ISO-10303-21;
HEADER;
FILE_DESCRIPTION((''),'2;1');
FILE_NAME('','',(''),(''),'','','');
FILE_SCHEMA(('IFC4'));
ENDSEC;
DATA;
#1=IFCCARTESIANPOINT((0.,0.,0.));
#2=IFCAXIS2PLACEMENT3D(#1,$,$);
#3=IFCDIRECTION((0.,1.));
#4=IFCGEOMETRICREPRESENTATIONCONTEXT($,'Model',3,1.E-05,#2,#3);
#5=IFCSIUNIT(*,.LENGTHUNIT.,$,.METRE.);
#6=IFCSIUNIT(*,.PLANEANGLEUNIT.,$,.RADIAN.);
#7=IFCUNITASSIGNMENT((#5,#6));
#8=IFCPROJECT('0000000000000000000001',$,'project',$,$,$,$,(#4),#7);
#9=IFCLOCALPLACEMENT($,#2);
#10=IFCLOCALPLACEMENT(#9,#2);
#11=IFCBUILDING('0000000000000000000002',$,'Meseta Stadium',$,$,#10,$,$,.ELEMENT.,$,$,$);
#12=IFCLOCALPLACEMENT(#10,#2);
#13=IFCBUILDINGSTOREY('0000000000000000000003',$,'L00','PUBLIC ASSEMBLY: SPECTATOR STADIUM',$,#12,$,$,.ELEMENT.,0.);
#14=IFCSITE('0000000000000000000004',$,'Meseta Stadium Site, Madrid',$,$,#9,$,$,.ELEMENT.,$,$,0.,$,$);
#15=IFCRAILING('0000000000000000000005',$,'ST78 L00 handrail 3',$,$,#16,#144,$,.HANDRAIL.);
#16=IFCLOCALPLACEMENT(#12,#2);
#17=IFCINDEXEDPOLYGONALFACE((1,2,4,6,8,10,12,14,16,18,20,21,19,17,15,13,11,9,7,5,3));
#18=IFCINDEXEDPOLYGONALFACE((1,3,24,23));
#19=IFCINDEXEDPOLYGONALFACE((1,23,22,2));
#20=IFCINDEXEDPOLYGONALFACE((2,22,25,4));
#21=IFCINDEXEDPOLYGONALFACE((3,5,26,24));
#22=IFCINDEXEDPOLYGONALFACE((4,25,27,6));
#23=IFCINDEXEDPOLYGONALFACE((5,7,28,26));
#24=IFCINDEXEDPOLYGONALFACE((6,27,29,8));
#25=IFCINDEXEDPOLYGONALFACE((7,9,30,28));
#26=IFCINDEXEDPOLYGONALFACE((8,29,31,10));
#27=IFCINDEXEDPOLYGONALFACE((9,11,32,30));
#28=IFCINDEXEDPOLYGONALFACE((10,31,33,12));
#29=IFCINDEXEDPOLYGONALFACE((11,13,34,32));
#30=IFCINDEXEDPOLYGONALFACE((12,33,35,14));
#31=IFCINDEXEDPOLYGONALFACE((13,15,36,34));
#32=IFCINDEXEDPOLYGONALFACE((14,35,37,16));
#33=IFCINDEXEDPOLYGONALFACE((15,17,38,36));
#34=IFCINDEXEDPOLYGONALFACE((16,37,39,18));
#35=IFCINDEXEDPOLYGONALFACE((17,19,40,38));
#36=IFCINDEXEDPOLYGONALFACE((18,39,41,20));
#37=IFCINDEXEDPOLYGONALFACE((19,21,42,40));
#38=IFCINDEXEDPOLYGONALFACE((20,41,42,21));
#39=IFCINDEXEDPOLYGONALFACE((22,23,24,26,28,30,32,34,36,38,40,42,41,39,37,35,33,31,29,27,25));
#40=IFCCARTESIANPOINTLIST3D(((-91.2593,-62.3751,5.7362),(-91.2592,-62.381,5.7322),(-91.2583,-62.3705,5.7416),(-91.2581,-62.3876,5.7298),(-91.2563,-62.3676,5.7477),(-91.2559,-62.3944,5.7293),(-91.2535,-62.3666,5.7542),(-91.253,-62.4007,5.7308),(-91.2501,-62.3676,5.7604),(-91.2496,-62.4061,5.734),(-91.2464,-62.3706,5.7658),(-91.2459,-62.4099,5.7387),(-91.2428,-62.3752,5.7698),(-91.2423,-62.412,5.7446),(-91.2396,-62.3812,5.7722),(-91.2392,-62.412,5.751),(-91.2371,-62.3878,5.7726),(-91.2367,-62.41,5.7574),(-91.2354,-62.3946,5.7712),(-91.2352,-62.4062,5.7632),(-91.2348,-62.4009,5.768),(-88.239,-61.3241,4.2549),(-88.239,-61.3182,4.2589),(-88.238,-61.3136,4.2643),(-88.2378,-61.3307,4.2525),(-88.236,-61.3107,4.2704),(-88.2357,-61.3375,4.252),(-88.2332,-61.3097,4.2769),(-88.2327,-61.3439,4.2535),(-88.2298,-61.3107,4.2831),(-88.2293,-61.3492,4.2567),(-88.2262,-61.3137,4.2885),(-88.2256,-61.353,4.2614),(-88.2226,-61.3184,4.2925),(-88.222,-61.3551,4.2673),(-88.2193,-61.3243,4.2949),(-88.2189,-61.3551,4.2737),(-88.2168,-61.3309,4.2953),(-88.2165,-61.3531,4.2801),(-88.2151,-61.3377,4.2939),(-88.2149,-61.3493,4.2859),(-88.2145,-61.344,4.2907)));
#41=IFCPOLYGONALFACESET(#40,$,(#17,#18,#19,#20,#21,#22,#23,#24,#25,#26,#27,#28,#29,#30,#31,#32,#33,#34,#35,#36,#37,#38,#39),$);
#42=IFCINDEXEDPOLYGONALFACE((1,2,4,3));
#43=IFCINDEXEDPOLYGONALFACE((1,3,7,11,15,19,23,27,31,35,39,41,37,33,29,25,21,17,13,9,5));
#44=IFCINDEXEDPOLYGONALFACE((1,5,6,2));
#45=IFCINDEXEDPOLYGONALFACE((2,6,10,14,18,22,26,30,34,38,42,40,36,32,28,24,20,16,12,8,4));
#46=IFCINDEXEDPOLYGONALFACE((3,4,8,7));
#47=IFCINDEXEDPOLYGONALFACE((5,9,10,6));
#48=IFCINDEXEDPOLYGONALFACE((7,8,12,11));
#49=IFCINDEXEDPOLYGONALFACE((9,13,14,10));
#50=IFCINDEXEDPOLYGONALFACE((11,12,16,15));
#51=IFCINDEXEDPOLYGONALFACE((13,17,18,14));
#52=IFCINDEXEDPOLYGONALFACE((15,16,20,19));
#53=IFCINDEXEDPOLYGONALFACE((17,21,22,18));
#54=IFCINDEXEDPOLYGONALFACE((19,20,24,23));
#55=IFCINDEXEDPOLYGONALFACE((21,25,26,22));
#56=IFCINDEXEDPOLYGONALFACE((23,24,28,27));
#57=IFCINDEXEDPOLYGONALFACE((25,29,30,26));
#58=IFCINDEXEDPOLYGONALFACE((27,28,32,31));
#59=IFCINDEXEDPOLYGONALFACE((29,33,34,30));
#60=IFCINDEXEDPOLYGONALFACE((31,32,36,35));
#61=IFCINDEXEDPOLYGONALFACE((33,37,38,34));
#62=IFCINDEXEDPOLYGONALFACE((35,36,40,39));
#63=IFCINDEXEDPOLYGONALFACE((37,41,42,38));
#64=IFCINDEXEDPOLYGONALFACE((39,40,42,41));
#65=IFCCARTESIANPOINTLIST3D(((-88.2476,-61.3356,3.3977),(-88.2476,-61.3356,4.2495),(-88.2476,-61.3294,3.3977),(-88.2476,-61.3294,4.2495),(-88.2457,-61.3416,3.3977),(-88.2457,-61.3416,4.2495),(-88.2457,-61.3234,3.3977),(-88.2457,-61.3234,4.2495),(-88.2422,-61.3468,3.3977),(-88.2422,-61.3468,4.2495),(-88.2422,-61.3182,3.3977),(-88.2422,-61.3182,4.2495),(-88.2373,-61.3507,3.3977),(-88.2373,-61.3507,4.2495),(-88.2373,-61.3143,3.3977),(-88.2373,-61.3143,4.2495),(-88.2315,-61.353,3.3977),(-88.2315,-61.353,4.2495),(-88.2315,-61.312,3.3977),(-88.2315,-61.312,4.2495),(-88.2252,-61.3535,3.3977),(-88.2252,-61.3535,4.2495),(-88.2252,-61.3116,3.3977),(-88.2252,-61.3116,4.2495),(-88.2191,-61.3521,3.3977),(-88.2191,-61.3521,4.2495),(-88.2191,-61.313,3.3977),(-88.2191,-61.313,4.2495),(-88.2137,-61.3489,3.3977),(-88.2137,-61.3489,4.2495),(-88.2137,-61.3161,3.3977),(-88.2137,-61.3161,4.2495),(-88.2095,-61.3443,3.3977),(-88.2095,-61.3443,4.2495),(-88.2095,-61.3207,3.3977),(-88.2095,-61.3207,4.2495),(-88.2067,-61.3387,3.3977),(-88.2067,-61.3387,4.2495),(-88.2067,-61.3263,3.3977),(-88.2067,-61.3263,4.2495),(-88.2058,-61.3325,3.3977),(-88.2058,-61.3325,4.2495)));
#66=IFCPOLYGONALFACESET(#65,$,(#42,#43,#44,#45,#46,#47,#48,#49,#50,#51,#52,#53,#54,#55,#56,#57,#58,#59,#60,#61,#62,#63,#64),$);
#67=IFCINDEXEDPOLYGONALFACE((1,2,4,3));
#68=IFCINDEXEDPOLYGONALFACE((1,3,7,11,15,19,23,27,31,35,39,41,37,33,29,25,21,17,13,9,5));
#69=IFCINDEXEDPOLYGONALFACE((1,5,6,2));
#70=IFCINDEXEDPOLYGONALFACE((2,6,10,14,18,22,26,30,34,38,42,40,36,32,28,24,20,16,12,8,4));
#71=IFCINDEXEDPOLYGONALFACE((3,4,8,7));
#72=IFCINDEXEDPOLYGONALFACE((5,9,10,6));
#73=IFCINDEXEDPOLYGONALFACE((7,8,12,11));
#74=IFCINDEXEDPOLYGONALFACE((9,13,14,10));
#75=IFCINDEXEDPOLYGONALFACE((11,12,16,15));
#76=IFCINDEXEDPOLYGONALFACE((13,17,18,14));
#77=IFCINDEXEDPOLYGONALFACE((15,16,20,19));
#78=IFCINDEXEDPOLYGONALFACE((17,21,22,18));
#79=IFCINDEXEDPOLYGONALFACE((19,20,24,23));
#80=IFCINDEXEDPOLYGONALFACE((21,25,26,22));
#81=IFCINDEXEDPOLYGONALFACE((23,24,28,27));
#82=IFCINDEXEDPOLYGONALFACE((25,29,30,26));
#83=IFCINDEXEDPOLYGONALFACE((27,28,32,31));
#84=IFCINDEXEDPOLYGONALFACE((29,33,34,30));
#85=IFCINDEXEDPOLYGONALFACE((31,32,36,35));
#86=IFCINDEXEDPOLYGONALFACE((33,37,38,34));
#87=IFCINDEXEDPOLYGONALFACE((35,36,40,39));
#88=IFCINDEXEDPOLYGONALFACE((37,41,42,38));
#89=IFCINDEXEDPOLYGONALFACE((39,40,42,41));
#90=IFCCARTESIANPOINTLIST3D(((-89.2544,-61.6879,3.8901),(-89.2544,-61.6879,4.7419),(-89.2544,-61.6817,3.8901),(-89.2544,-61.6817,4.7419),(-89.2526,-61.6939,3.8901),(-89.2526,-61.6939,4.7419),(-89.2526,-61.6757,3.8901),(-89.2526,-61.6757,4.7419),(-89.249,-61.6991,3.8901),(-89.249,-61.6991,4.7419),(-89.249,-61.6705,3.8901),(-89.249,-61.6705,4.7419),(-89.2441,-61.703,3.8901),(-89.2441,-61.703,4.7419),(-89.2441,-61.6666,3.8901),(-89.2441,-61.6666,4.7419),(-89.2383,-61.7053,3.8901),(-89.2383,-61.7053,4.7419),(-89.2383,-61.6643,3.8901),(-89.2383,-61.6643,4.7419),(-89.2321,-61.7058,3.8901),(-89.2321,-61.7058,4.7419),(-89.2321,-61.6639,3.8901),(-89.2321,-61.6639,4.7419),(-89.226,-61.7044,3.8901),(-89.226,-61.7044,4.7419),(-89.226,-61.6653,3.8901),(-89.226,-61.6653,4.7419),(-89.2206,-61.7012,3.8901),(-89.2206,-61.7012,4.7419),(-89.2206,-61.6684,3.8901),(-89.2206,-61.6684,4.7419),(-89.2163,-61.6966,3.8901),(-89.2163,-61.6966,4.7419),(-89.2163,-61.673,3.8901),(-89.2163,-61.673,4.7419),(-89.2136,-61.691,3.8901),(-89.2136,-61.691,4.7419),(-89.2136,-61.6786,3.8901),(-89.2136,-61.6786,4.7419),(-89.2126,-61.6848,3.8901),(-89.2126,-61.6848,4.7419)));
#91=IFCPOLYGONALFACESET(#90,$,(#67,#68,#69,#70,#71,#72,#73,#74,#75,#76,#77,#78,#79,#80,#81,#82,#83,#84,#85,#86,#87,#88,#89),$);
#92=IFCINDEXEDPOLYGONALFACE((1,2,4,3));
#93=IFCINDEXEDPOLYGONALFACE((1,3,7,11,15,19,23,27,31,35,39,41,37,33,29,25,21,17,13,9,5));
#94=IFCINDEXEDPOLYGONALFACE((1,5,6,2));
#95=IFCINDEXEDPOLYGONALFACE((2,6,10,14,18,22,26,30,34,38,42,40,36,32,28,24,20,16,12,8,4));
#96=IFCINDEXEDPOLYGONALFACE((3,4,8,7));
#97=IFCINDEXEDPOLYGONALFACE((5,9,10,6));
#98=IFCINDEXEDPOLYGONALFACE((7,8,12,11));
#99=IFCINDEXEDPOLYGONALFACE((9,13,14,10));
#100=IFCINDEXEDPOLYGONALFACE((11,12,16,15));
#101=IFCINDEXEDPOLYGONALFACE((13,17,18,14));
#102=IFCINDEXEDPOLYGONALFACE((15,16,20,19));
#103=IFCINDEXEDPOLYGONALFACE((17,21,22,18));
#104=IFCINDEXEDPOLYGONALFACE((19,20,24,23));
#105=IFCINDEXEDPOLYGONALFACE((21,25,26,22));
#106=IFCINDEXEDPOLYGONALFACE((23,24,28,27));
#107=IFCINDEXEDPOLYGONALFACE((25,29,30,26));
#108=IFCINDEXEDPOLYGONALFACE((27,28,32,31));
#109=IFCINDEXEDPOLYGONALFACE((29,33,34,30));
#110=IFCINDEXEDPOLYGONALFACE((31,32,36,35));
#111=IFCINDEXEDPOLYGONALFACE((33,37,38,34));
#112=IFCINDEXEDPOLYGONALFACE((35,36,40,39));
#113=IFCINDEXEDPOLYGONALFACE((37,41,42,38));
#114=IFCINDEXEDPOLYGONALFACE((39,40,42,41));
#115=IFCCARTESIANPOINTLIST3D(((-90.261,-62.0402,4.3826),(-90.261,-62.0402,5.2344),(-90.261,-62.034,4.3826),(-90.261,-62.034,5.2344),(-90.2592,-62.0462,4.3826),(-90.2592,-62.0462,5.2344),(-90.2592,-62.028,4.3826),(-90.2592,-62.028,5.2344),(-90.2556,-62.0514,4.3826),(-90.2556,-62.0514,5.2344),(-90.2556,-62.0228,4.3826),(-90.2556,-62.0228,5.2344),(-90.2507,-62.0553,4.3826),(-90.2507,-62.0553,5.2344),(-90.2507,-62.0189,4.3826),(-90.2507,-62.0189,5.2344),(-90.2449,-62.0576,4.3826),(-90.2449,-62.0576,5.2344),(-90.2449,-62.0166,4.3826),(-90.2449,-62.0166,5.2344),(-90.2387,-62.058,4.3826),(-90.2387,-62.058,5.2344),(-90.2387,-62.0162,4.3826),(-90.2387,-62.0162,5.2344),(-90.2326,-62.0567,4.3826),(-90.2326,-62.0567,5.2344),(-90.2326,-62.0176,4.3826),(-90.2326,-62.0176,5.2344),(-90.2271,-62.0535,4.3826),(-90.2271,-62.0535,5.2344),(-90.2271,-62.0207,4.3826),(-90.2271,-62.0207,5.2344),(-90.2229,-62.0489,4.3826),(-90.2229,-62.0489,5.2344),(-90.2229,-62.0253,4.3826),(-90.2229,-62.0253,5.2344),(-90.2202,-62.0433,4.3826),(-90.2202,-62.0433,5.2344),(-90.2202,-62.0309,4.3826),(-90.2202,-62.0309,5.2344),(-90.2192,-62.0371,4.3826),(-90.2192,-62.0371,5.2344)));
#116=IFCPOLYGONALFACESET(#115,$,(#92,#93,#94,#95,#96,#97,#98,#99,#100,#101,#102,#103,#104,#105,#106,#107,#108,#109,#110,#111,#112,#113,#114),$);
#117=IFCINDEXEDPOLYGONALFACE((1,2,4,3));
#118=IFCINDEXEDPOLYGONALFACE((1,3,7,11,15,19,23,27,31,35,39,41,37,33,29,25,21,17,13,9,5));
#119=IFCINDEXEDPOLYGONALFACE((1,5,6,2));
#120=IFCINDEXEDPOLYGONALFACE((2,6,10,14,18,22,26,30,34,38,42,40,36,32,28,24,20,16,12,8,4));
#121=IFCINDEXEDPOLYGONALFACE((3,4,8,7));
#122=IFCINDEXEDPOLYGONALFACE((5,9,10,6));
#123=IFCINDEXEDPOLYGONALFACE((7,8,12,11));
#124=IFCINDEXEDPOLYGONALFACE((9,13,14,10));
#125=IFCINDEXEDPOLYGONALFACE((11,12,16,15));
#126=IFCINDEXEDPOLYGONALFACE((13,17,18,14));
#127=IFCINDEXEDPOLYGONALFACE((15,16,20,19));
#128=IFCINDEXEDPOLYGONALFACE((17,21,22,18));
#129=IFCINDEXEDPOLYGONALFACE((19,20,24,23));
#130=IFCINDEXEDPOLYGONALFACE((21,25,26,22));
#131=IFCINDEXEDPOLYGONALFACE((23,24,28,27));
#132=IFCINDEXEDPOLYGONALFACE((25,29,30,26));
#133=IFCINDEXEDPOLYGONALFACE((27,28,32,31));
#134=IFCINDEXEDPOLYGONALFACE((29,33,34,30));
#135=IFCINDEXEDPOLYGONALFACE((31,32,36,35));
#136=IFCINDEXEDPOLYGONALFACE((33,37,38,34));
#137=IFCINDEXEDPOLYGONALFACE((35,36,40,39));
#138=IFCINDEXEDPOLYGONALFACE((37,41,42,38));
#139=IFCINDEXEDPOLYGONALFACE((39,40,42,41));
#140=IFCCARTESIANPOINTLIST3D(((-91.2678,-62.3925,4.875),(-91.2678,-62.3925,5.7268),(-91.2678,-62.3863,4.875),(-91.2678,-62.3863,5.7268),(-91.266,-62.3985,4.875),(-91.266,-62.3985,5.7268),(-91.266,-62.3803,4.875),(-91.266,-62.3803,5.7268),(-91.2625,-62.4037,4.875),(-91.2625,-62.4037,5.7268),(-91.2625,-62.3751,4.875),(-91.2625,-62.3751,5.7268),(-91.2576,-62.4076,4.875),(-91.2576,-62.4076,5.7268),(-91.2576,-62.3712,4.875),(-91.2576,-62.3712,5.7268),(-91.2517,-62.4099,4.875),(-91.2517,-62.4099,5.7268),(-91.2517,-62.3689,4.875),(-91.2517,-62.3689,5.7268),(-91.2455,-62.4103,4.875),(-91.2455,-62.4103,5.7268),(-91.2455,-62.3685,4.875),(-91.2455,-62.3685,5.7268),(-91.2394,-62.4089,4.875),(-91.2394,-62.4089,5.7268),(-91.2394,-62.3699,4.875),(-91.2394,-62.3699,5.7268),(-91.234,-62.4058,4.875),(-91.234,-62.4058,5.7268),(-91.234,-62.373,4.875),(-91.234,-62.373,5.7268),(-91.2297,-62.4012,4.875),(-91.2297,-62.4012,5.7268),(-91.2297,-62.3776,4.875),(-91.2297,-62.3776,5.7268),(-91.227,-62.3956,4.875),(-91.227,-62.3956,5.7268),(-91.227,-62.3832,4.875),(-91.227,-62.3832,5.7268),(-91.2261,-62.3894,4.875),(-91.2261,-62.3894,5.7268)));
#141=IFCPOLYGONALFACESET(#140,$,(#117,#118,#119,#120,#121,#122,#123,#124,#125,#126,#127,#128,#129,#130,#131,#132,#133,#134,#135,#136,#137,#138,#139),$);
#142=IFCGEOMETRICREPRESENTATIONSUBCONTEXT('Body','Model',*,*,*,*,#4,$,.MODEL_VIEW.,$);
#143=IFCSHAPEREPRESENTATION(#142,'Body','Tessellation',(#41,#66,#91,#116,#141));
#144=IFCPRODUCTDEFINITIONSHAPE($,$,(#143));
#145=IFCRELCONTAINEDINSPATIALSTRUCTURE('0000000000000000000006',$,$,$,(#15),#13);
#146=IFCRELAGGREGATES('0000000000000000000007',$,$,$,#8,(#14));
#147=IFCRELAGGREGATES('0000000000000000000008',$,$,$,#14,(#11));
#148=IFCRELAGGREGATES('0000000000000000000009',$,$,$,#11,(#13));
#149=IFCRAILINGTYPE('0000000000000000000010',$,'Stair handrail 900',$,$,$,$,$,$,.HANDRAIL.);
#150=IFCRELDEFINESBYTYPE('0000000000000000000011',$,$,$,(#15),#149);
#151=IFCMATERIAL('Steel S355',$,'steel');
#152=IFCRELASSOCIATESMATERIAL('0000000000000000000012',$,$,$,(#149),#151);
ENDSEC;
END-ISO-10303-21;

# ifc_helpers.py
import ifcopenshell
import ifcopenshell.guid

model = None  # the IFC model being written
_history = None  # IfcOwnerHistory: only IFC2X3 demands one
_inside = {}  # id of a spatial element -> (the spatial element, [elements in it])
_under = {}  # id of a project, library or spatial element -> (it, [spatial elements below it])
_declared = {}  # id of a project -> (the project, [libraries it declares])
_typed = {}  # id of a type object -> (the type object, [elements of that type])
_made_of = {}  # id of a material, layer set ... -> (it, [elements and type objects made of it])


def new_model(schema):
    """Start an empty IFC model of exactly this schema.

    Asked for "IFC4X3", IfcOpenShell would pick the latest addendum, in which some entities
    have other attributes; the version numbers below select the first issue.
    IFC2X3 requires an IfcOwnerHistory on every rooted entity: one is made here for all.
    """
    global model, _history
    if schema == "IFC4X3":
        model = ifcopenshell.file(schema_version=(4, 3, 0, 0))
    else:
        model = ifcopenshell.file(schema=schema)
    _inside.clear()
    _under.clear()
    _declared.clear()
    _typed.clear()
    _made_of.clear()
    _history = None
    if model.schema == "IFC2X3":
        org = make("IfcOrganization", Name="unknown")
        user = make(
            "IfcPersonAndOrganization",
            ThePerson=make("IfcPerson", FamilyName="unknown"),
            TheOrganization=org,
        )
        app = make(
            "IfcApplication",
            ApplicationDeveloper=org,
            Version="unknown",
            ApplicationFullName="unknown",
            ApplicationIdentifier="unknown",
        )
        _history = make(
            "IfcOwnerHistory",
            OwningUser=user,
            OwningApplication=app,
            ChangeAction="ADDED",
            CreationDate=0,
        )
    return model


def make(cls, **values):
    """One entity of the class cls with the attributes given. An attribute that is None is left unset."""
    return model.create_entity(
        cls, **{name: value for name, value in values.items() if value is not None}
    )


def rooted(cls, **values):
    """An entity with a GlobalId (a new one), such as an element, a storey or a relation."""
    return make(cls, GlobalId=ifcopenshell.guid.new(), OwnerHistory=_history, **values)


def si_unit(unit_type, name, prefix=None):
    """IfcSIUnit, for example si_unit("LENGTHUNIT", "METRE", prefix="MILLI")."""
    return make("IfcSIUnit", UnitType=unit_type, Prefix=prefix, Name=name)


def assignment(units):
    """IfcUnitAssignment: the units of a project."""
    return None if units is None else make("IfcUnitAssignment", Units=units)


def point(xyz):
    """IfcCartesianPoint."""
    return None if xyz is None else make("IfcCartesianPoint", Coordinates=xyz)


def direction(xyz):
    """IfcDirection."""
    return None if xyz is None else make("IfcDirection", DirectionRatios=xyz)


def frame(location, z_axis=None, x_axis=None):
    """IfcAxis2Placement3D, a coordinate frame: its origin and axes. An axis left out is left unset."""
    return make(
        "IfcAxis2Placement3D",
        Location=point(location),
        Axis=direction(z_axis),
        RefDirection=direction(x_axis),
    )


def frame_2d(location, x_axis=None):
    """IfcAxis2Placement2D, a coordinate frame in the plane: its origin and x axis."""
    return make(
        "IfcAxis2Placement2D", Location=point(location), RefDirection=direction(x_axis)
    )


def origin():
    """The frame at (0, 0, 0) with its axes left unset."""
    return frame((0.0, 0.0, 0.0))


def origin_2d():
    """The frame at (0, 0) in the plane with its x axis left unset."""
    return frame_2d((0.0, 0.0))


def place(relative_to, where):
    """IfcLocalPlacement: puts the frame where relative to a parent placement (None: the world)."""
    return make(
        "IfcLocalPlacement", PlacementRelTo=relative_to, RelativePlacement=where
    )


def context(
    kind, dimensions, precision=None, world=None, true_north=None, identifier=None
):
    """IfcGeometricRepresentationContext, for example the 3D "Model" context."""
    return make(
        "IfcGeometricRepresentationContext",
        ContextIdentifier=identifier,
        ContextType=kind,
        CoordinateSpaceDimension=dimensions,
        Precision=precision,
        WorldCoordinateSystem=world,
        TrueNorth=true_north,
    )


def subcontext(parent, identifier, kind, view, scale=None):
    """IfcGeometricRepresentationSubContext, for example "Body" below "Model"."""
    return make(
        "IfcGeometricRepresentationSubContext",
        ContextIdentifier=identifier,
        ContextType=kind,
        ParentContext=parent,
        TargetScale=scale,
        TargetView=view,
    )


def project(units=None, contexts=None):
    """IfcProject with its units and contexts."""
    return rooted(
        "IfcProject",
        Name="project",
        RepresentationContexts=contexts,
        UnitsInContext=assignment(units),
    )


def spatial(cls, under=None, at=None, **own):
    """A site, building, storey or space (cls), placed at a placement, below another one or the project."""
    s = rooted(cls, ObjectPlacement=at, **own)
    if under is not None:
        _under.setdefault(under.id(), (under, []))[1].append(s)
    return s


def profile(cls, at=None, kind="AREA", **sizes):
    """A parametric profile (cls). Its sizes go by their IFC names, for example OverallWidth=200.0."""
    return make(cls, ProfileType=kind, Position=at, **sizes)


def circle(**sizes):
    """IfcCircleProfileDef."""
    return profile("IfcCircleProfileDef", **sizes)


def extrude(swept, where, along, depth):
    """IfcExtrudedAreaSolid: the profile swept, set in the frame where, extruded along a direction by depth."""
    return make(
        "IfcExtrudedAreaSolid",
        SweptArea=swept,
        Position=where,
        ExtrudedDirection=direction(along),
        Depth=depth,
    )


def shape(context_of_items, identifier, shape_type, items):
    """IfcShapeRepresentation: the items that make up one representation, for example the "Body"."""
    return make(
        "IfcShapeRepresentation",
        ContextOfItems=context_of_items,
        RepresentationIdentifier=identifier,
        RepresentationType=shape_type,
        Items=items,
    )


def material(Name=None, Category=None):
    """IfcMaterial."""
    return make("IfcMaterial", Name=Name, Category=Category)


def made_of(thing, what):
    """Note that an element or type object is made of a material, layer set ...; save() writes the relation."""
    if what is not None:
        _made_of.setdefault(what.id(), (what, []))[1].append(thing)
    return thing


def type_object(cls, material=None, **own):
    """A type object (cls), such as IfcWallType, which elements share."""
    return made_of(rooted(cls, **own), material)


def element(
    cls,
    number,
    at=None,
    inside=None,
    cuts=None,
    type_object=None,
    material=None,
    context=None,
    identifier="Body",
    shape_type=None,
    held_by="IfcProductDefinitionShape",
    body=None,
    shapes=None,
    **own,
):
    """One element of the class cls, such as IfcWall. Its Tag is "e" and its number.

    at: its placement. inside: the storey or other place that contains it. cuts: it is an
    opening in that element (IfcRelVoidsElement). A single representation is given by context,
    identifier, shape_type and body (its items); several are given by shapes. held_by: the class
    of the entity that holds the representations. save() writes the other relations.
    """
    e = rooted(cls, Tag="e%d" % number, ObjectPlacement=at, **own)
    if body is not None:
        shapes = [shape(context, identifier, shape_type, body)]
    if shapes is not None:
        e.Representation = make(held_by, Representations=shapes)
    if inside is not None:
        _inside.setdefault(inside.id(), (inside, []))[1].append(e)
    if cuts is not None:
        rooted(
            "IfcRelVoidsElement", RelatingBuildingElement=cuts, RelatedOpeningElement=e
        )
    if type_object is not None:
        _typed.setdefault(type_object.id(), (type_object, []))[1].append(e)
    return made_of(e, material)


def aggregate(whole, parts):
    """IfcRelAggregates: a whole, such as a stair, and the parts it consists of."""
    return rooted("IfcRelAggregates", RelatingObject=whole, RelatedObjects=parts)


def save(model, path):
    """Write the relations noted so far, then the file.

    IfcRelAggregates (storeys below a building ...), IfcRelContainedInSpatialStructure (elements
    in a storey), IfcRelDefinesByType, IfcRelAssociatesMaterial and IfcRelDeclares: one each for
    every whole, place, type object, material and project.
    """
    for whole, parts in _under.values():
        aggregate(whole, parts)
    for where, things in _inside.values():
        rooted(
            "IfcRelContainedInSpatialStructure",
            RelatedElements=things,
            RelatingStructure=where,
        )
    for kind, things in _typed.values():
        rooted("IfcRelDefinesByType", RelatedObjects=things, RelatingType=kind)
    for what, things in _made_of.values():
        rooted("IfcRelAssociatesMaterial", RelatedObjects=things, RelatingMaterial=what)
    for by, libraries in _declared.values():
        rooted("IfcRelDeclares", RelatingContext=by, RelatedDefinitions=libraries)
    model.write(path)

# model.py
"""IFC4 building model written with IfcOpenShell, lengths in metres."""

from ifc_helpers import new_model, si_unit, direction, frame, origin, origin_2d, place, context, subcontext, project, spatial, circle, extrude, material, type_object, element, save


model = new_model("IFC4")

# Units and contexts
model_context = context("Model", 3, precision=1e-05, world=origin(), true_north=direction((0.0, 1.0)))
body_context = subcontext(model_context, "Body", "Model", "MODEL_VIEW")
ifc_project = project(units=[si_unit("LENGTHUNIT", "METRE"), si_unit("PLANEANGLEUNIT", "RADIAN")], contexts=[model_context])

# Site, building, storey
site_placement = place(None, origin())
site = spatial("IfcSite", under=ifc_project, at=site_placement, Name="Meseta Stadium Site, Madrid", CompositionType="ELEMENT", RefElevation=0.0)
building_placement = place(site_placement, origin())
building = spatial("IfcBuilding", under=site, at=building_placement, Name="Meseta Stadium", CompositionType="ELEMENT")
storey_placement = place(building_placement, origin())
storey = spatial("IfcBuildingStorey", under=building, at=storey_placement, Name="L00", Description="PUBLIC ASSEMBLY: SPECTATOR STADIUM", CompositionType="ELEMENT", Elevation=0.0)

# Railing
ifc_material_1 = material(Name="Steel S355", Category="steel")
railing_type_1 = type_object("IfcRailingType", Name="Stair handrail 900", PredefinedType="HANDRAIL", material=ifc_material_1)
for number, where, name in (
    (1, (-88.2268, -61.3325, 3.3977), "ST78 L00 handrail 3"),
):
    element("IfcRailing", number, at=place(storey_placement, frame(where)), inside=storey, type_object=railing_type_1, Name=name, PredefinedType="HANDRAIL", context=body_context, shape_type="SweptSolid", body=[
        extrude(circle(Radius=0.0239, at=origin_2d()), frame((0.0, 0.0, 0.876), z_axis=(-0.856958, -0.299876, 0.419162), x_axis=(0.330293, -0.943879, 0.0)), (0.0, 0.0, 1.0), 3.5244),
        extrude(circle(Radius=0.021, at=origin_2d()), origin(), (0.0, 0.0, 1.0), 0.8518),
        extrude(circle(Radius=0.021, at=origin_2d()), frame((-1.0068, -0.3523, 0.4924)), (0.0, 0.0, 1.0), 0.8518),
        extrude(circle(Radius=0.021, at=origin_2d()), frame((-2.0134, -0.7046, 0.9849)), (0.0, 0.0, 1.0), 0.8518),
        extrude(circle(Radius=0.021, at=origin_2d()), frame((-3.0203, -1.0569, 1.4773)), (0.0, 0.0, 1.0), 0.8518),
    ])

save(model, "model.ifc")
